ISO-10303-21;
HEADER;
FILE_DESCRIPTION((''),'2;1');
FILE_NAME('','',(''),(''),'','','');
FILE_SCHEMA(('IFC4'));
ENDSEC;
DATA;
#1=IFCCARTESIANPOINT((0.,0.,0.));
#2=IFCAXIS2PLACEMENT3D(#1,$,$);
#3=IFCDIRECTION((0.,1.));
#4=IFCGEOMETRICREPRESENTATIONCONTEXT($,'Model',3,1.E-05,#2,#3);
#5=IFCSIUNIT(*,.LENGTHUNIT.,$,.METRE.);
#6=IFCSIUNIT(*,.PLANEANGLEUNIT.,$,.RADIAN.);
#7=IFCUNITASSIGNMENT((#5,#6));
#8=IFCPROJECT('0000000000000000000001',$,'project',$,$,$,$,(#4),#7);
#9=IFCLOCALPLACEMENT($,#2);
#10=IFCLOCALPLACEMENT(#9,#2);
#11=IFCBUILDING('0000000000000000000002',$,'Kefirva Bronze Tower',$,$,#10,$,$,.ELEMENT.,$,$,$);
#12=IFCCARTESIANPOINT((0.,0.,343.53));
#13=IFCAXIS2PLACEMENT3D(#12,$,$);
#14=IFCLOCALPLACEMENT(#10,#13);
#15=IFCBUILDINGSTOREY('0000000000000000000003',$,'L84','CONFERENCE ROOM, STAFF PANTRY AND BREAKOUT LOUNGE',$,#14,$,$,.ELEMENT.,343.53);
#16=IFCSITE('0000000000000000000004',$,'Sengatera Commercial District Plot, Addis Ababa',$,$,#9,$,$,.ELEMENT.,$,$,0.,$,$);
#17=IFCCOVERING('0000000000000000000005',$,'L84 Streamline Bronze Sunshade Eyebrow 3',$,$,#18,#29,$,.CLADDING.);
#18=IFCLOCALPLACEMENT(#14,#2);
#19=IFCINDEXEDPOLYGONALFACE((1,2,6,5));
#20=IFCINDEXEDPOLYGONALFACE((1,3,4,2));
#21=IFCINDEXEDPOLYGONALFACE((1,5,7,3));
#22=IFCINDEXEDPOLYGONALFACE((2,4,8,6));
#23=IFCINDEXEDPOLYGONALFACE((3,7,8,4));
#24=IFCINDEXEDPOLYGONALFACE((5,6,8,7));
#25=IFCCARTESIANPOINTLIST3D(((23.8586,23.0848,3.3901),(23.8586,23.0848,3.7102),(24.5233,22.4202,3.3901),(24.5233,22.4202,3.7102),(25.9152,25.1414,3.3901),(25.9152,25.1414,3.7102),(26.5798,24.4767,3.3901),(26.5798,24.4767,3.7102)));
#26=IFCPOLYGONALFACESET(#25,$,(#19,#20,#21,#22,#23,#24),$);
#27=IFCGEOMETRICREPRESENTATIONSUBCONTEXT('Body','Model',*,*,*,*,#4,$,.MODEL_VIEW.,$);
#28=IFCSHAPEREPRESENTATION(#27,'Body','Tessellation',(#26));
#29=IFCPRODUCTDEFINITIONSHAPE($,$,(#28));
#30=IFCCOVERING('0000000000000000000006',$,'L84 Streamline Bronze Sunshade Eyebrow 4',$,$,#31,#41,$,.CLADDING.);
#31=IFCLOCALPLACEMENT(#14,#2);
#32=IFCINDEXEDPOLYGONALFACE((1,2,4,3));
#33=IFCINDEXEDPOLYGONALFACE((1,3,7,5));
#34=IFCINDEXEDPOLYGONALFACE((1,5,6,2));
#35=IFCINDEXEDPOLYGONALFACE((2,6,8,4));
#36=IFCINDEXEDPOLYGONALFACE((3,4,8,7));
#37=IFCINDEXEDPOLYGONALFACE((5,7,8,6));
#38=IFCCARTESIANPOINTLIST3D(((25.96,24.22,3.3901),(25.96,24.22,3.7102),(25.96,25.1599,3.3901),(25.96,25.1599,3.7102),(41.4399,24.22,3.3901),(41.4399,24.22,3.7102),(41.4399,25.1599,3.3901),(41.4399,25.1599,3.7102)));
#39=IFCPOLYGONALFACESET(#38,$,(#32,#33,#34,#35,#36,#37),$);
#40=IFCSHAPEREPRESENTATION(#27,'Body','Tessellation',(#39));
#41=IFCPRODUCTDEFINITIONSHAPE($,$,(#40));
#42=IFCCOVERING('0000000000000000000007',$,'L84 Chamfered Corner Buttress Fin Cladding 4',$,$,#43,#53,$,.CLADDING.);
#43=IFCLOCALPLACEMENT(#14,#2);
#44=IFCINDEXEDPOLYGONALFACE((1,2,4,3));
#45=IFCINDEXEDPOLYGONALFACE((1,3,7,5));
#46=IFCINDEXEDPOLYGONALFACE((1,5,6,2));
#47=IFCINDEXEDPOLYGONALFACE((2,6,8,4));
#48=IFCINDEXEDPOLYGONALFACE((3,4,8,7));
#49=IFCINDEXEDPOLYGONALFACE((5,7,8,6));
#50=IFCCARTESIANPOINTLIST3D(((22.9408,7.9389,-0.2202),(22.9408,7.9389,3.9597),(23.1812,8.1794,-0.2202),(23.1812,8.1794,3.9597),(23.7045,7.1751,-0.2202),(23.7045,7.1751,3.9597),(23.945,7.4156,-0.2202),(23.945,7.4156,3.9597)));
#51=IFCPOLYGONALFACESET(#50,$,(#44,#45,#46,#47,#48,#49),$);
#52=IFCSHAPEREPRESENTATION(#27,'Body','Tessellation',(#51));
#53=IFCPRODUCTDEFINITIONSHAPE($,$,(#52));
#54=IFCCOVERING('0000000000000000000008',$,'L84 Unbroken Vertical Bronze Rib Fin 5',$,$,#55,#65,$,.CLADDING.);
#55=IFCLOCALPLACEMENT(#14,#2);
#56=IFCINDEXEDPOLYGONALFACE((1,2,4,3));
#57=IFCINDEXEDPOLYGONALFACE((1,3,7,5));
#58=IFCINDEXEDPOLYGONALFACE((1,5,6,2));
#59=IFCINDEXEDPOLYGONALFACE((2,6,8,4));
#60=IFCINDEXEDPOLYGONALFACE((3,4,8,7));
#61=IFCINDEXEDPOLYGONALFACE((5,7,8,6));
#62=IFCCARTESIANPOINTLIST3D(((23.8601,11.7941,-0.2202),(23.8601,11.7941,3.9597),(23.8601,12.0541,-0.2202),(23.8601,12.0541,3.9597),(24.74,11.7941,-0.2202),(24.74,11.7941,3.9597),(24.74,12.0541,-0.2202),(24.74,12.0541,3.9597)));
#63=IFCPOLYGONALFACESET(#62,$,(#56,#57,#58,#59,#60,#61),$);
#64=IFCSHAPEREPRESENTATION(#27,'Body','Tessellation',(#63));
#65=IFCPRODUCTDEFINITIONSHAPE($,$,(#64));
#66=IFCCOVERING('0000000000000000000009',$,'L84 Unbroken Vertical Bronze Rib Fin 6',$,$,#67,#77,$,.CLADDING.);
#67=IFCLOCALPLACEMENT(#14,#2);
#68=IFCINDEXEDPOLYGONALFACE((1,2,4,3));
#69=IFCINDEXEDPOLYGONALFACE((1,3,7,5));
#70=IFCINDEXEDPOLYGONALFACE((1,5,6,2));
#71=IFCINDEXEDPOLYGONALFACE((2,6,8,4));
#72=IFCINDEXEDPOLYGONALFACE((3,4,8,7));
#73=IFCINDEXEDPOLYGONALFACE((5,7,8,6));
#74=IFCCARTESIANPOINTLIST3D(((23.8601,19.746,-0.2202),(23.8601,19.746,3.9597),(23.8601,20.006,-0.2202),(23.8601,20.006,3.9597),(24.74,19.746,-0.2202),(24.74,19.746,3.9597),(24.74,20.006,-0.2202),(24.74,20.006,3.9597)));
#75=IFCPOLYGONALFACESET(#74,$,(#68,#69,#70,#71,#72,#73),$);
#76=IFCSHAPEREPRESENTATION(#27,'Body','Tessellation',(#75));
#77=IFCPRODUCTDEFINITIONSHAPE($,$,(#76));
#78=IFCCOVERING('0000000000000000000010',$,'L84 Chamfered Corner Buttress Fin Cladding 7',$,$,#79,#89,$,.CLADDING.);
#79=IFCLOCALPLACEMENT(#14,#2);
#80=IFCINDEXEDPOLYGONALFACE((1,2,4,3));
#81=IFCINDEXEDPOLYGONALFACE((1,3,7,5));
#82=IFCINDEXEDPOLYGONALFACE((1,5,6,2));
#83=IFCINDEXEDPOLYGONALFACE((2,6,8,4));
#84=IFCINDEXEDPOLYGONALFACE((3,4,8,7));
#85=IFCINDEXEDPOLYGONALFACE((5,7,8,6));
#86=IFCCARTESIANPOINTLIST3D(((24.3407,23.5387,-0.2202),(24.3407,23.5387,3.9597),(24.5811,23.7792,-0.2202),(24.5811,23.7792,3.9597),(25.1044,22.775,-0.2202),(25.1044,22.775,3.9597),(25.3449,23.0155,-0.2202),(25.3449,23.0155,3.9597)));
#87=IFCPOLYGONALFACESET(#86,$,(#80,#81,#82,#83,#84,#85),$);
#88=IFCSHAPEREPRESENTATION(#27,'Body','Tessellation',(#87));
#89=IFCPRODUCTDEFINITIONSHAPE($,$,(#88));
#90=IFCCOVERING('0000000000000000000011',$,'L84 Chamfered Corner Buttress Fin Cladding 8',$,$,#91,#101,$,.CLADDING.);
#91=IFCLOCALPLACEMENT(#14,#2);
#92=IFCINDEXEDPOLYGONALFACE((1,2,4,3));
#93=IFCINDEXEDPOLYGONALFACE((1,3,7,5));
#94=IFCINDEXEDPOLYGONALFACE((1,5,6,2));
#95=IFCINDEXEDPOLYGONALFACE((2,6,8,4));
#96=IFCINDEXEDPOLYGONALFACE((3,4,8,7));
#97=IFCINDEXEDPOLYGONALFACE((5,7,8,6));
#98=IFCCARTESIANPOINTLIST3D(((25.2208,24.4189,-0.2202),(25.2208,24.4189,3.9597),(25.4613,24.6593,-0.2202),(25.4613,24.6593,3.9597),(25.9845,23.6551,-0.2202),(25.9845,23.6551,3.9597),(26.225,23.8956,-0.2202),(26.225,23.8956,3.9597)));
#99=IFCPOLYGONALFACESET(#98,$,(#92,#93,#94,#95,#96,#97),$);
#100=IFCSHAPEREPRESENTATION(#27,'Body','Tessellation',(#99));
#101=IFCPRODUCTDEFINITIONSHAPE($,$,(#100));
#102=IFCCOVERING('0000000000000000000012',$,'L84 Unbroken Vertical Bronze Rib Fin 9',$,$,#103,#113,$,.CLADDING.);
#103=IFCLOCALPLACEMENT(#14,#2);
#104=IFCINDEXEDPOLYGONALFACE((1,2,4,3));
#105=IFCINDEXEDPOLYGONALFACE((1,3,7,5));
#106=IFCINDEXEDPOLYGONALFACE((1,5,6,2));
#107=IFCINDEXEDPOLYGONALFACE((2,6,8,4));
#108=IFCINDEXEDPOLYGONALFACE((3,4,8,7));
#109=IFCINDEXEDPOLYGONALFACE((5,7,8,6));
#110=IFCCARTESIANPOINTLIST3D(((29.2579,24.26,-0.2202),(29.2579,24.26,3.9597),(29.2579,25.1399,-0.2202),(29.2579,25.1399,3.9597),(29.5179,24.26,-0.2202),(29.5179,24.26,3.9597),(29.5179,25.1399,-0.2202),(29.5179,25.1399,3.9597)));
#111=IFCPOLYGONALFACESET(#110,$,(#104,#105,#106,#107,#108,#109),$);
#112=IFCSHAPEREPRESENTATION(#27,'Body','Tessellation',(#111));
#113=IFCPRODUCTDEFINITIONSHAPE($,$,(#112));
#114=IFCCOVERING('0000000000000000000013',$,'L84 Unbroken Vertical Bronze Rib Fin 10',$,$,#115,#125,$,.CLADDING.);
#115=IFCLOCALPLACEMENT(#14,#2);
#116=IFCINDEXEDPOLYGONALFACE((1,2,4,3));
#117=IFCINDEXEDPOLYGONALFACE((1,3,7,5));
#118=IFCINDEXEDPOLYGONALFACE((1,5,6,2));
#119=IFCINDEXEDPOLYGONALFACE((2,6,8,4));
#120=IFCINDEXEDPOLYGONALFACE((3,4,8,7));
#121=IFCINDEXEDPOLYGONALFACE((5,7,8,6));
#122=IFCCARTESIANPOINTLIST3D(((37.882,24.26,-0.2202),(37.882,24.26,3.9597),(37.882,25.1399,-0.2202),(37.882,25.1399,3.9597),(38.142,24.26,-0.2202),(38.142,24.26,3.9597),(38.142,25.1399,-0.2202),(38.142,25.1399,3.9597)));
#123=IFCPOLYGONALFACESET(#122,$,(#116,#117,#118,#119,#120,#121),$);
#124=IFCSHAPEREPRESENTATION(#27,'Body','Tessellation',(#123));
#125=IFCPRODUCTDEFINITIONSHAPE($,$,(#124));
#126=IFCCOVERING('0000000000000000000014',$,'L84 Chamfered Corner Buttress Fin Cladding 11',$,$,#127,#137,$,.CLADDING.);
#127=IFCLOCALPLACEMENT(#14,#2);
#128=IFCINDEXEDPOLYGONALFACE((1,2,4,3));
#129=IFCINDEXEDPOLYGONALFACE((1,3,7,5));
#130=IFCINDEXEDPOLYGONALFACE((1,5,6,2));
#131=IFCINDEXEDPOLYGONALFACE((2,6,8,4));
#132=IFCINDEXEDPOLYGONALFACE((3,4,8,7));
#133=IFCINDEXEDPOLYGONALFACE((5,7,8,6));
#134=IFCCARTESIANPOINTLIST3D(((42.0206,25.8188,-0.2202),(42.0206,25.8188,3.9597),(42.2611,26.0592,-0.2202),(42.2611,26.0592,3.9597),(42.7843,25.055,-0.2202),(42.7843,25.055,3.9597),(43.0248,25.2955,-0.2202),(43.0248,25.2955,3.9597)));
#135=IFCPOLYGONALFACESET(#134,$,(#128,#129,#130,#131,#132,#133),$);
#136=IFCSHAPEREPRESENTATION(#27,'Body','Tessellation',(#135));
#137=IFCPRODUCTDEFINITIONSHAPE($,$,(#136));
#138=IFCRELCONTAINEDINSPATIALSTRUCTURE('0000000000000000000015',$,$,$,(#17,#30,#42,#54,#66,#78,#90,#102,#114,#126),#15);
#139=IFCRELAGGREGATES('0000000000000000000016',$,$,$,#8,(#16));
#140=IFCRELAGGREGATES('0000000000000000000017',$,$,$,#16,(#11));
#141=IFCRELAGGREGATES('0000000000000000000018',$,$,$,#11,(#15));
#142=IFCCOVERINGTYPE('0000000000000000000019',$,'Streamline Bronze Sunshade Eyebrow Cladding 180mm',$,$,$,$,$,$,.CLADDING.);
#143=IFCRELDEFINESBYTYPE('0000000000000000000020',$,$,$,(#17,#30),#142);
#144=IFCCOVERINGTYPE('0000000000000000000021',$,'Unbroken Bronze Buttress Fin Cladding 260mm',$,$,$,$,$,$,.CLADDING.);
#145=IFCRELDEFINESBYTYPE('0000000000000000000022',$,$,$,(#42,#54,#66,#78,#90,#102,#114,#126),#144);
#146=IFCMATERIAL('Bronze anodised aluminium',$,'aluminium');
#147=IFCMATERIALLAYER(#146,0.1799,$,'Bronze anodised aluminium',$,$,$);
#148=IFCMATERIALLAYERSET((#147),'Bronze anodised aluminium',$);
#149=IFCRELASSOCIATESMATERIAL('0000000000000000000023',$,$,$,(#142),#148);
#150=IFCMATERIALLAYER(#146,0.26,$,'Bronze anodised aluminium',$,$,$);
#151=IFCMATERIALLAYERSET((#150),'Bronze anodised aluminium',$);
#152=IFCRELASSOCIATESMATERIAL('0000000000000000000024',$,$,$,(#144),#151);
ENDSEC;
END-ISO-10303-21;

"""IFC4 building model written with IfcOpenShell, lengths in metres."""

from ifc_helpers import new_model, si_unit, direction, frame, origin, origin_2d, place, context, subcontext, project, spatial, rectangle, extrude, material, layer, layer_set, type_object, element, save


model = new_model("IFC4")

# Units and contexts
model_context = context("Model", 3, precision=1e-05, world=origin(), true_north=direction((0.0, 1.0)))
body_context = subcontext(model_context, "Body", "Model", "MODEL_VIEW")
ifc_project = project(units=[si_unit("LENGTHUNIT", "METRE"), si_unit("PLANEANGLEUNIT", "RADIAN")], contexts=[model_context])

# Site, building, storey
site_placement = place(None, origin())
site = spatial("IfcSite", under=ifc_project, at=site_placement, Name="Sengatera Commercial District Plot, Addis Ababa", CompositionType="ELEMENT", RefElevation=0.0)
building_placement = place(site_placement, origin())
building = spatial("IfcBuilding", under=site, at=building_placement, Name="Kefirva Bronze Tower", CompositionType="ELEMENT")
storey_placement = place(building_placement, frame((0.0, 0.0, 343.53)))
storey = spatial("IfcBuildingStorey", under=building, at=storey_placement, Name="L84", Description="CONFERENCE ROOM, STAFF PANTRY AND BREAKOUT LOUNGE", CompositionType="ELEMENT", Elevation=343.53)

# Shared definitions
ifc_material_1 = material(Name="Bronze anodised aluminium", Category="aluminium")

# Coverings
ifc_layer_1 = layer(ifc_material_1, 0.1799, Name="Bronze anodised aluminium")
ifc_layer_set_1 = layer_set([ifc_layer_1], Name="Bronze anodised aluminium")
covering_type_1 = type_object("IfcCoveringType", Name="Streamline Bronze Sunshade Eyebrow Cladding 180mm", PredefinedType="CLADDING", material=ifc_layer_set_1)
covering_1_placement = place(storey_placement, frame((25.2192, 23.7808, 3.3901), z_axis=(0.0, 0.0, 1.0), x_axis=(0.707107, 0.707107, 0.0)))
element("IfcCovering", 1, at=covering_1_placement, inside=storey, type_object=covering_type_1, Name="L84 Streamline Bronze Sunshade Eyebrow 3", PredefinedType="CLADDING", context=body_context, shape_type="SweptSolid", body=[
    extrude(rectangle(XDim=2.9084, YDim=0.9399, at=origin_2d()), origin(), (0.0, 0.0, 1.0), 0.3201),
])
covering_2_placement = place(storey_placement, frame((33.7, 24.6899, 3.3901), z_axis=(0.0, 0.0, 1.0), x_axis=(1.0, 0.0, 0.0)))
element("IfcCovering", 2, at=covering_2_placement, inside=storey, type_object=covering_type_1, Name="L84 Streamline Bronze Sunshade Eyebrow 4", PredefinedType="CLADDING", context=body_context, shape_type="SweptSolid", body=[
    extrude(rectangle(XDim=15.48, YDim=0.9399, at=origin_2d()), origin(), (0.0, 0.0, 1.0), 0.3201),
])
ifc_layer_2 = layer(ifc_material_1, 0.26, Name="Bronze anodised aluminium")
ifc_layer_set_2 = layer_set([ifc_layer_2], Name="Bronze anodised aluminium")
covering_type_2 = type_object("IfcCoveringType", Name="Unbroken Bronze Buttress Fin Cladding 260mm", PredefinedType="CLADDING", material=ifc_layer_set_2)
covering_3_placement = place(storey_placement, frame((23.4429, 7.6772, -0.2202), z_axis=(0.0, 0.0, 1.0), x_axis=(0.707107, 0.707107, 0.0)))
element("IfcCovering", 3, at=covering_3_placement, inside=storey, type_object=covering_type_2, Name="L84 Chamfered Corner Buttress Fin Cladding 4", PredefinedType="CLADDING", context=body_context, shape_type="SweptSolid", body=[
    extrude(rectangle(XDim=0.3401, YDim=1.0801, at=origin_2d()), origin(), (0.0, 0.0, 1.0), 4.1799),
])
for number, where, z_axis, x_axis, name in (
    (4, (24.3, 11.9241, -0.2202), (0.0, 0.0, 1.0), (0.0, 1.0, 0.0), "L84 Unbroken Vertical Bronze Rib Fin 5"),
    (5, (24.3, 19.876, -0.2202), (0.0, 0.0, 1.0), (0.0, 1.0, 0.0), "L84 Unbroken Vertical Bronze Rib Fin 6"),
):
    element("IfcCovering", number, at=place(storey_placement, frame(where, z_axis=z_axis, x_axis=x_axis)), inside=storey, type_object=covering_type_2, Name=name, PredefinedType="CLADDING", context=body_context, shape_type="SweptSolid", body=[
        extrude(rectangle(XDim=0.26, YDim=0.8799, at=origin_2d()), origin(), (0.0, 0.0, 1.0), 4.1799),
    ])
for number, where, z_axis, x_axis, name in (
    (6, (24.8428, 23.2771, -0.2202), (0.0, 0.0, 1.0), (0.707107, 0.707107, 0.0), "L84 Chamfered Corner Buttress Fin Cladding 7"),
    (7, (25.7229, 24.1572, -0.2202), (0.0, 0.0, 1.0), (0.707107, 0.707107, 0.0), "L84 Chamfered Corner Buttress Fin Cladding 8"),
):
    element("IfcCovering", number, at=place(storey_placement, frame(where, z_axis=z_axis, x_axis=x_axis)), inside=storey, type_object=covering_type_2, Name=name, PredefinedType="CLADDING", context=body_context, shape_type="SweptSolid", body=[
        extrude(rectangle(XDim=0.3401, YDim=1.0801, at=origin_2d()), origin(), (0.0, 0.0, 1.0), 4.1799),
    ])
for number, where, z_axis, x_axis, name in (
    (8, (29.3879, 24.7, -0.2202), (0.0, 0.0, 1.0), (1.0, 0.0, 0.0), "L84 Unbroken Vertical Bronze Rib Fin 9"),
    (9, (38.012, 24.7, -0.2202), (0.0, 0.0, 1.0), (1.0, 0.0, 0.0), "L84 Unbroken Vertical Bronze Rib Fin 10"),
):
    element("IfcCovering", number, at=place(storey_placement, frame(where, z_axis=z_axis, x_axis=x_axis)), inside=storey, type_object=covering_type_2, Name=name, PredefinedType="CLADDING", context=body_context, shape_type="SweptSolid", body=[
        extrude(rectangle(XDim=0.26, YDim=0.8799, at=origin_2d()), origin(), (0.0, 0.0, 1.0), 4.1799),
    ])
covering_4_placement = place(storey_placement, frame((42.5227, 25.5571, -0.2202), z_axis=(0.0, 0.0, 1.0), x_axis=(0.707107, 0.707107, 0.0)))
element("IfcCovering", 10, at=covering_4_placement, inside=storey, type_object=covering_type_2, Name="L84 Chamfered Corner Buttress Fin Cladding 11", PredefinedType="CLADDING", context=body_context, shape_type="SweptSolid", body=[
    extrude(rectangle(XDim=0.3401, YDim=1.0801, at=origin_2d()), origin(), (0.0, 0.0, 1.0), 4.1799),
])

save(model, "model.ifc")
